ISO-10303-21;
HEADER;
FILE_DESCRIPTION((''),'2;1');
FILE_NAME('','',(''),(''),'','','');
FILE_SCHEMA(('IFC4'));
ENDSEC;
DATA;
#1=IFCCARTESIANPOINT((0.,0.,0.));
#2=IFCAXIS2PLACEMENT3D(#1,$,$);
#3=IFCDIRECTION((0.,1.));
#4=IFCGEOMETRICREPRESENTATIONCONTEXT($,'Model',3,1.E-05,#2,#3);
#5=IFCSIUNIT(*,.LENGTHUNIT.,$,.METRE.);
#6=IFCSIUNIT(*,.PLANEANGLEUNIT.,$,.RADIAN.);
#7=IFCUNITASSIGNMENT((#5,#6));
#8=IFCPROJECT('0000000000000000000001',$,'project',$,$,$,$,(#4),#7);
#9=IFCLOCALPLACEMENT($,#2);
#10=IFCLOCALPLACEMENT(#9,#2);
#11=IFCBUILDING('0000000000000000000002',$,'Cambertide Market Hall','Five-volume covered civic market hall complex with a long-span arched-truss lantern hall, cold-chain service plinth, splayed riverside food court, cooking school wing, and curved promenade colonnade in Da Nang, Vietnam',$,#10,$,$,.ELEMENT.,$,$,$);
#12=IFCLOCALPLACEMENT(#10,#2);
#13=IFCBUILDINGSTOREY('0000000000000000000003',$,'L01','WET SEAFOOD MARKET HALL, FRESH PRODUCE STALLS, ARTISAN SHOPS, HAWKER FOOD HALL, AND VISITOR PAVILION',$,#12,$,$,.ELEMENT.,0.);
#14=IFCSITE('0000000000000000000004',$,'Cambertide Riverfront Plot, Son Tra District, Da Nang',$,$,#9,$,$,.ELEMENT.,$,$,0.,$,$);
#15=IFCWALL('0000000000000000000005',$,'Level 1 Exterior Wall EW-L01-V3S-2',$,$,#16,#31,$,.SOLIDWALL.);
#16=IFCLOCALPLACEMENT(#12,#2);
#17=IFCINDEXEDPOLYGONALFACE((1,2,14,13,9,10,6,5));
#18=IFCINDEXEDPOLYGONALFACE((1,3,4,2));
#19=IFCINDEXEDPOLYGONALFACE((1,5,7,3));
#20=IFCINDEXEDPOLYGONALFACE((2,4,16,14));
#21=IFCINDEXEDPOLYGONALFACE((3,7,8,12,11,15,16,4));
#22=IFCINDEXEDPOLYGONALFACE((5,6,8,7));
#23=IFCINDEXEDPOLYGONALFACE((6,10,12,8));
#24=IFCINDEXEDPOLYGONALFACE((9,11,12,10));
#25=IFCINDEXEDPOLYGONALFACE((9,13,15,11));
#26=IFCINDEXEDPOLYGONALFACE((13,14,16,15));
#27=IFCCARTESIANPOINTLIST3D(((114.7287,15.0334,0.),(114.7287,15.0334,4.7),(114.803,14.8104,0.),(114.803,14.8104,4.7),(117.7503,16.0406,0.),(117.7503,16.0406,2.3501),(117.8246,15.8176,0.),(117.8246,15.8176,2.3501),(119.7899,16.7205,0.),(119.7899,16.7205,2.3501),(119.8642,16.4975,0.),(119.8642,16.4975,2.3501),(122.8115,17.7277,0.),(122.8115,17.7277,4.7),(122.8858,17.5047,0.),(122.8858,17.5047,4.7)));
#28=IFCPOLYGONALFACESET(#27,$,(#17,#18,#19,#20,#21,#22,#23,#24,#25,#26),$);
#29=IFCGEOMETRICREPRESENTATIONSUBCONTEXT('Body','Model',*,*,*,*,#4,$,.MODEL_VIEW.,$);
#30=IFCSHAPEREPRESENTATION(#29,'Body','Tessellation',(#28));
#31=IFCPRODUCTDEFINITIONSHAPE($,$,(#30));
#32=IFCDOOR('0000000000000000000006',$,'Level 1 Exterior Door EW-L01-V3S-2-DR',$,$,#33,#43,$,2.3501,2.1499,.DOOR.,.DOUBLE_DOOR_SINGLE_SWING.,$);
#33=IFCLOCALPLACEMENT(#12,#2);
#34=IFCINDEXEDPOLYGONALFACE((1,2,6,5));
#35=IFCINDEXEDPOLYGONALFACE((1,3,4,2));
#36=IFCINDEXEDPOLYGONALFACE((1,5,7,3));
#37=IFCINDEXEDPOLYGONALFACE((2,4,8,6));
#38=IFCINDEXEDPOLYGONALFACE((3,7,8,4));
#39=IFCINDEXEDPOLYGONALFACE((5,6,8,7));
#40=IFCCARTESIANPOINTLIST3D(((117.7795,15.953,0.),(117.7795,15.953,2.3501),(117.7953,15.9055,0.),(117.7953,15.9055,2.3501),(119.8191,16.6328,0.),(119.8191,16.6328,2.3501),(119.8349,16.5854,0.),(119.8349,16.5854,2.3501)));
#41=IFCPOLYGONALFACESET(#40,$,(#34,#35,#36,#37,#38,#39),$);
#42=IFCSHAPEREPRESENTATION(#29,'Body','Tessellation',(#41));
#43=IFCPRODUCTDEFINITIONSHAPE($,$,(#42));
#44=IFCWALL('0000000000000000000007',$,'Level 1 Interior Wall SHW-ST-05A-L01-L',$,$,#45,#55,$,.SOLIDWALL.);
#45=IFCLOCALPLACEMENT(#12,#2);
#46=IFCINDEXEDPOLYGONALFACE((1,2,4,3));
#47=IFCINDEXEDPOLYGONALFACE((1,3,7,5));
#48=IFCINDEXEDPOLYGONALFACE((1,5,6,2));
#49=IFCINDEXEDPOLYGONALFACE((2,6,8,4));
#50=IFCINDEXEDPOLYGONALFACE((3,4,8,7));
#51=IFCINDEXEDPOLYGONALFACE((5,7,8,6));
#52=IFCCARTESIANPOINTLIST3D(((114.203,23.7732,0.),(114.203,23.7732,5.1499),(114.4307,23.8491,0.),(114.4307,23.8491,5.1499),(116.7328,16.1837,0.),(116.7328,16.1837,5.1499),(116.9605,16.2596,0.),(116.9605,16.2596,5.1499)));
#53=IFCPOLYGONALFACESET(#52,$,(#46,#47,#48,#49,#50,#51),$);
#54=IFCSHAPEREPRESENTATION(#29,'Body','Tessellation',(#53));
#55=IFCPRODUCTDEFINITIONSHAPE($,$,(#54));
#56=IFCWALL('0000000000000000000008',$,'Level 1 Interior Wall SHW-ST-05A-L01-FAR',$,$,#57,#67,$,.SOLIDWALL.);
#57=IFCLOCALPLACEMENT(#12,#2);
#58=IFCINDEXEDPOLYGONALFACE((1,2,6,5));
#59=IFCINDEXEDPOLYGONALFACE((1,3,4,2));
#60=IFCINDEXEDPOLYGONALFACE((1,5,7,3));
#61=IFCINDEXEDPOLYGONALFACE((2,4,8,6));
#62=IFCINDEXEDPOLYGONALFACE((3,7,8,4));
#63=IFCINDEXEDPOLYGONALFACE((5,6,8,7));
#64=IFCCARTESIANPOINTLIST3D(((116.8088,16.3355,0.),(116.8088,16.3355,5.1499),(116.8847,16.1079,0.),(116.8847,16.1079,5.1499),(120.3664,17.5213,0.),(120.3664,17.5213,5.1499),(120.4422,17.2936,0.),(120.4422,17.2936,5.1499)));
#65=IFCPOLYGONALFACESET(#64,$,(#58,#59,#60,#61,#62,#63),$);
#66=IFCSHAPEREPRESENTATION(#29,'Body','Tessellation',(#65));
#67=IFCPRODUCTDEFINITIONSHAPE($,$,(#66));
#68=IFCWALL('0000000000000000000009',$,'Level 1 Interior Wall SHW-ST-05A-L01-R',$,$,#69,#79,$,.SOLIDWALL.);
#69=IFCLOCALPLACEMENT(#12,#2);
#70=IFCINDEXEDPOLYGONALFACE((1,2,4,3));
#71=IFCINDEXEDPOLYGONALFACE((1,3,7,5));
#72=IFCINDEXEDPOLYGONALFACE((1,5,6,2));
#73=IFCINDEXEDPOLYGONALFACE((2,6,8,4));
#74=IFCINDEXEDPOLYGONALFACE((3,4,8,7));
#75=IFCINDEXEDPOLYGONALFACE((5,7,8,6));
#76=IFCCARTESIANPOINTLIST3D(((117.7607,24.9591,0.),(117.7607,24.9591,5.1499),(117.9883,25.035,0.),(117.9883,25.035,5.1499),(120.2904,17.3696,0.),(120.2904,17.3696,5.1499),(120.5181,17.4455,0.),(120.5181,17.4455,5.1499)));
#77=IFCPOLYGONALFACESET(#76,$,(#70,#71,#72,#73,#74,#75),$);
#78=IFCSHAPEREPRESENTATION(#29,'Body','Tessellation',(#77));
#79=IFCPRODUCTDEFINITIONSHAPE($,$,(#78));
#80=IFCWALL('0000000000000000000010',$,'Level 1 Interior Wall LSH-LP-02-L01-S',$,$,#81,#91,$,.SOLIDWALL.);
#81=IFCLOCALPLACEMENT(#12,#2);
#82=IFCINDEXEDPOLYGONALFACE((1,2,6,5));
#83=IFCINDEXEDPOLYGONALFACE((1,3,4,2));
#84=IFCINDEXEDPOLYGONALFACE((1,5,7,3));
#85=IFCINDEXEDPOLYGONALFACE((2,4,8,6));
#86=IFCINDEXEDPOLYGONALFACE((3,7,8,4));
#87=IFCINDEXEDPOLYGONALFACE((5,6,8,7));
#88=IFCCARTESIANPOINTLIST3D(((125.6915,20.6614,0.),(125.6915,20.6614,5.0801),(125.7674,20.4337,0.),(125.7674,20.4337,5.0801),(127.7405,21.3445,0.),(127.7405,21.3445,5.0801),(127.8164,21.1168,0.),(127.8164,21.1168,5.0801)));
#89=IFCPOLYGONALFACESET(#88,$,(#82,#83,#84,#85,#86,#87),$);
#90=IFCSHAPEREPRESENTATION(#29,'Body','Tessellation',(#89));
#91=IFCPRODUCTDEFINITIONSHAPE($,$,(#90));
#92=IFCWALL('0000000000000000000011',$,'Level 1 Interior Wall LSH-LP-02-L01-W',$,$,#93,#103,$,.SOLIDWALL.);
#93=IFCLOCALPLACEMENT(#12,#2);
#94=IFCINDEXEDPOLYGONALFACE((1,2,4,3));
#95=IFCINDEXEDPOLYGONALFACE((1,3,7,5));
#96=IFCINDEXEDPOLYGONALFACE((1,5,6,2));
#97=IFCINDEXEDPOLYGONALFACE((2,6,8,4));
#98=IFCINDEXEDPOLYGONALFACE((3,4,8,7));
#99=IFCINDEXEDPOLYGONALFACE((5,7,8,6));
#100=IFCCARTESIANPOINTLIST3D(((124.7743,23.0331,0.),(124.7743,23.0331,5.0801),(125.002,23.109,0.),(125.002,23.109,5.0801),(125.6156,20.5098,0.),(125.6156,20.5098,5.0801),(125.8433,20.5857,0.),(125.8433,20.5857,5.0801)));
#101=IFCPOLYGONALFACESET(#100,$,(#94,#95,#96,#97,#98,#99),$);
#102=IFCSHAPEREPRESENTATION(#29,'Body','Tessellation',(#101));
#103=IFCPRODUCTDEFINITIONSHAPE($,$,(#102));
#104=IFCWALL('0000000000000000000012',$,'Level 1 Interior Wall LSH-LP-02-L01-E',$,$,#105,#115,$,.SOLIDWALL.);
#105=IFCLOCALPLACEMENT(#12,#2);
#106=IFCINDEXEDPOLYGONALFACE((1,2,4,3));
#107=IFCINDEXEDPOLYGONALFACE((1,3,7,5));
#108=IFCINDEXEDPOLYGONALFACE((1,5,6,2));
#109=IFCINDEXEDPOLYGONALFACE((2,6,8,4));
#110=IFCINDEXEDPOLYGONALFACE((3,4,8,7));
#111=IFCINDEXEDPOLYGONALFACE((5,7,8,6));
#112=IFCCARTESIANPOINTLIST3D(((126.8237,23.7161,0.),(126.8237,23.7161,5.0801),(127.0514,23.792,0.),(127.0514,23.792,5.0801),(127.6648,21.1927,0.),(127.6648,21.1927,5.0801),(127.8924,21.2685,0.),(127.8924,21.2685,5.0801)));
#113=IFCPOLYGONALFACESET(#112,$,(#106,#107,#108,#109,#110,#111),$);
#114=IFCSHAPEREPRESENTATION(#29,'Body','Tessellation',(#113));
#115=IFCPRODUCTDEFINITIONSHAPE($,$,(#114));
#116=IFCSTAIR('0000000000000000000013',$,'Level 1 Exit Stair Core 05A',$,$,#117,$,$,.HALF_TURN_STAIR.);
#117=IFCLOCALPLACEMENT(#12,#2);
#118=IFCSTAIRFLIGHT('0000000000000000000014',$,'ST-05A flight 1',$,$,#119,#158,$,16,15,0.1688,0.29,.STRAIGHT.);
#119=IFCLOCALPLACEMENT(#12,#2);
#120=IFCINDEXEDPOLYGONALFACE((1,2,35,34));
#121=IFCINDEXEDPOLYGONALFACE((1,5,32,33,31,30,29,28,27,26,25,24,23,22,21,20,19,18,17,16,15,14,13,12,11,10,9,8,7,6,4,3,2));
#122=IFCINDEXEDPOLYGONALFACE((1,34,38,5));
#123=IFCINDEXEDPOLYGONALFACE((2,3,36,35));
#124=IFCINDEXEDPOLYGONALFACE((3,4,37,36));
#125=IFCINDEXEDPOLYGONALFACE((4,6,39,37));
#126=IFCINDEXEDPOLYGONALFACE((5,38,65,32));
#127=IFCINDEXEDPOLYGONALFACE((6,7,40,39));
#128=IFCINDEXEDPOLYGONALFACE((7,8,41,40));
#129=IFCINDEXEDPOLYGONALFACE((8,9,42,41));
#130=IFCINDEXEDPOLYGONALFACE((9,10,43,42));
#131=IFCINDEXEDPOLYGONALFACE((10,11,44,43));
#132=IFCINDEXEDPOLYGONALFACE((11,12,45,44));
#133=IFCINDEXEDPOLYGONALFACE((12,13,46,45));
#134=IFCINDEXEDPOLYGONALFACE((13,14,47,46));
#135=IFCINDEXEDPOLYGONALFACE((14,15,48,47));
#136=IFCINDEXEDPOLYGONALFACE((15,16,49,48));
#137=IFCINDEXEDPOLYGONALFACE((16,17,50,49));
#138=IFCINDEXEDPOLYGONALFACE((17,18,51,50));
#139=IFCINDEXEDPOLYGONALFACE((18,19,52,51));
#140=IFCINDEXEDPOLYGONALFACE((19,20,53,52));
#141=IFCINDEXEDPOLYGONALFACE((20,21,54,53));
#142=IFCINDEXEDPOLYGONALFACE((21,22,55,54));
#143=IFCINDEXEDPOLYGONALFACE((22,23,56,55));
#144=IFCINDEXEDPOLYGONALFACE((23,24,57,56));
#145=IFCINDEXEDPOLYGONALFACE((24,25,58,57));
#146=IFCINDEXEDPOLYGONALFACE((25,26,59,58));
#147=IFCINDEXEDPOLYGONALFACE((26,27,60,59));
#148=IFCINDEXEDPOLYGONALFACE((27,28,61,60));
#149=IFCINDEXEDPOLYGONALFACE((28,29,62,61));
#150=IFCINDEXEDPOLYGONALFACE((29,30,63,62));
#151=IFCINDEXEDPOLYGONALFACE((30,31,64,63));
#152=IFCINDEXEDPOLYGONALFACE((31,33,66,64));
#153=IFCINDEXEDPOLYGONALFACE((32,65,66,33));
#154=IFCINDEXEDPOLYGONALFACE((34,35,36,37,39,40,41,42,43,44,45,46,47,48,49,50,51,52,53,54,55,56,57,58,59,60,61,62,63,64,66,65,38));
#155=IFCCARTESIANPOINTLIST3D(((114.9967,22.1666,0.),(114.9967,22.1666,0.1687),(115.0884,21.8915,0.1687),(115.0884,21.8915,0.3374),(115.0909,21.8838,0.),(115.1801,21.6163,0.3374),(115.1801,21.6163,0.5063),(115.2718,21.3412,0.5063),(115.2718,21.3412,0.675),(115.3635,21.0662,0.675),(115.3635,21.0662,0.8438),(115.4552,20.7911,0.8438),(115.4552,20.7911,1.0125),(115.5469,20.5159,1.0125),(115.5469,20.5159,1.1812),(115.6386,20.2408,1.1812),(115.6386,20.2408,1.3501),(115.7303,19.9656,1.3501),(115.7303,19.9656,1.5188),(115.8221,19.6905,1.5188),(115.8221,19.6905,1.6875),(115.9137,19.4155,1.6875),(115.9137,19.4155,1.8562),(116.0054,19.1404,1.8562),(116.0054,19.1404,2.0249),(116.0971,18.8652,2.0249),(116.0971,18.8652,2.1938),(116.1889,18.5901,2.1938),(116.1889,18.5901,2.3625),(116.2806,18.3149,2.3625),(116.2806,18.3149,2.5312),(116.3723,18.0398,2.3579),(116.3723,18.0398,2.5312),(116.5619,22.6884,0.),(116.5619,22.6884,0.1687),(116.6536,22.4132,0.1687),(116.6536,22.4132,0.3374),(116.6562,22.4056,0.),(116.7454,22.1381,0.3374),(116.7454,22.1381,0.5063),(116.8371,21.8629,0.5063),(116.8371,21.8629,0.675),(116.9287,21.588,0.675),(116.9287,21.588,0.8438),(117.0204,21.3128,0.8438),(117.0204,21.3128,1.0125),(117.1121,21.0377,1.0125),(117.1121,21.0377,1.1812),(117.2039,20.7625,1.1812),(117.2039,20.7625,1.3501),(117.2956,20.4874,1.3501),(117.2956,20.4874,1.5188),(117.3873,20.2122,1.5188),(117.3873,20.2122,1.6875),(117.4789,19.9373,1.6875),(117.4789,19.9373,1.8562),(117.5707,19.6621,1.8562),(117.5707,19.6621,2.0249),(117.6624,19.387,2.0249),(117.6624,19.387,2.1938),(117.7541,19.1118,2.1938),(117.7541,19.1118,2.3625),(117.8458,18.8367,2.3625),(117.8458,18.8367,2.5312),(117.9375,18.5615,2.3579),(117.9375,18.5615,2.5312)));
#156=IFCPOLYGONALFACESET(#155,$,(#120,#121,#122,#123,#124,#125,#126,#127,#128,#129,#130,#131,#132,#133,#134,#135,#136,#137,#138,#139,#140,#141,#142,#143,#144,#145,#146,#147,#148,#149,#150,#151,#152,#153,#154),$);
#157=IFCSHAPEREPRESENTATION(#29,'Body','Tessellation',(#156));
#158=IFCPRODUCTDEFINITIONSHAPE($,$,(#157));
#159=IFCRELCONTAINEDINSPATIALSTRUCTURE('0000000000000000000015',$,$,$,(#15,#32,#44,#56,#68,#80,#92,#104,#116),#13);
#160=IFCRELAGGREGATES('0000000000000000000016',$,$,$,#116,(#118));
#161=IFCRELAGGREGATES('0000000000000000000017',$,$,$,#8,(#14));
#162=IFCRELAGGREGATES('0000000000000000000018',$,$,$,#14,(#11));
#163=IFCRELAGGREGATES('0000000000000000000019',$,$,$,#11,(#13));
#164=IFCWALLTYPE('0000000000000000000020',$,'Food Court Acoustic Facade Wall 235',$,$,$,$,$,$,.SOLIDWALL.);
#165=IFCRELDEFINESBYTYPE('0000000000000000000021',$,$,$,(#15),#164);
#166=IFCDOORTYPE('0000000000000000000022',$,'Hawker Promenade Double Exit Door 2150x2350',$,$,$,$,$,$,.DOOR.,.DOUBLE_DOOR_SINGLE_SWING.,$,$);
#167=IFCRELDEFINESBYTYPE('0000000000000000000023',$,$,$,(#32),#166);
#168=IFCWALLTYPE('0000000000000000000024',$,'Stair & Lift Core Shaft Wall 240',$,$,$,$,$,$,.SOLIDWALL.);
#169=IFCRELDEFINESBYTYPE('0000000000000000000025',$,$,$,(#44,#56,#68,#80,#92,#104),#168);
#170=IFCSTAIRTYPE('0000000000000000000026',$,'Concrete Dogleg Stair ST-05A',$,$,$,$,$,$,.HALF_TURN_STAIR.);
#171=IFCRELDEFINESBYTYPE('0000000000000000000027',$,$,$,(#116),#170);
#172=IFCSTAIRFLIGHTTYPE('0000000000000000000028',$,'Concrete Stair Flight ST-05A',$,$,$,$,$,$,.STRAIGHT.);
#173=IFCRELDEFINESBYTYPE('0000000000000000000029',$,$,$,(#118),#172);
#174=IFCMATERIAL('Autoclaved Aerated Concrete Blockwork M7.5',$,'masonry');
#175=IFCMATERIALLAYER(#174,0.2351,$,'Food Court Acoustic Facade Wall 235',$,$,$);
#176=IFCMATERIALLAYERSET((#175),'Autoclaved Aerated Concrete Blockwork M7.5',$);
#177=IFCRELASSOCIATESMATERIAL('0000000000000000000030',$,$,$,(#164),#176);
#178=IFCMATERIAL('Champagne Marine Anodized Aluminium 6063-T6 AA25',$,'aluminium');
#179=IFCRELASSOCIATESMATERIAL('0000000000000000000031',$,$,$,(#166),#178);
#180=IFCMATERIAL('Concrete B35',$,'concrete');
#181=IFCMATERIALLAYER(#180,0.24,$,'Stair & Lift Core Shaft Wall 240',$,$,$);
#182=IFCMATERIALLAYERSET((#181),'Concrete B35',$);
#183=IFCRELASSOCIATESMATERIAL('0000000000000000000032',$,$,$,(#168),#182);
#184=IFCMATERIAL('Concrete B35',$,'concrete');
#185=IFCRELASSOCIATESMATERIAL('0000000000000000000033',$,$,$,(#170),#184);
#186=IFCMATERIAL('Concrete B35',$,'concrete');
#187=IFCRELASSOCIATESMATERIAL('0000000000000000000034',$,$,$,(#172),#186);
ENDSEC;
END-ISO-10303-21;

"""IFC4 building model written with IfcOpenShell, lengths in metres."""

from ifc_helpers import new_model, si_unit, direction, frame, frame_2d, origin, place, context, subcontext, project, spatial, polyline, rectangle, outline, extrude, material, layer, layer_set, type_object, element, fill, aggregate, save


model = new_model("IFC4")

# Units and contexts
model_context = context("Model", 3, precision=1e-05, world=origin(), true_north=direction((0.0, 1.0)))
body_context = subcontext(model_context, "Body", "Model", "MODEL_VIEW")
ifc_project = project(units=[si_unit("LENGTHUNIT", "METRE"), si_unit("PLANEANGLEUNIT", "RADIAN")], contexts=[model_context])

# Site, building, storey
site_placement = place(None, origin())
site = spatial("IfcSite", under=ifc_project, at=site_placement, Name="Cambertide Riverfront Plot, Son Tra District, Da Nang", CompositionType="ELEMENT", RefElevation=0.0)
building_placement = place(site_placement, origin())
building = spatial("IfcBuilding", under=site, at=building_placement, Name="Cambertide Market Hall", Description="Five-volume covered civic market hall complex with a long-span arched-truss lantern hall, cold-chain service plinth, splayed riverside food court, cooking school wing, and curved promenade colonnade in Da Nang, Vietnam", CompositionType="ELEMENT")
storey_placement = place(building_placement, origin())
storey = spatial("IfcBuildingStorey", under=building, at=storey_placement, Name="L01", Description="WET SEAFOOD MARKET HALL, FRESH PRODUCE STALLS, ARTISAN SHOPS, HAWKER FOOD HALL, AND VISITOR PAVILION", CompositionType="ELEMENT", Elevation=0.0)

# Wall, opening, door
ifc_material_1 = material(Name="Autoclaved Aerated Concrete Blockwork M7.5", Category="masonry")
ifc_layer_1 = layer(ifc_material_1, 0.2351, Name="Food Court Acoustic Facade Wall 235")
ifc_layer_set_1 = layer_set([ifc_layer_1], Name="Autoclaved Aerated Concrete Blockwork M7.5")
wall_type_1 = type_object("IfcWallType", Name="Food Court Acoustic Facade Wall 235", PredefinedType="SOLIDWALL", material=ifc_layer_set_1)
wall_1_placement = place(storey_placement, frame((122.8486, 17.6162, 0.0), z_axis=(0.0, 0.0, 1.0), x_axis=(-0.94868, -0.316236, 0.0)))
wall_1 = element("IfcWall", 1, at=wall_1_placement, inside=storey, type_object=wall_type_1, Name="Level 1 Exterior Wall EW-L01-V3S-2", PredefinedType="SOLIDWALL", context=body_context, shape_type="SweptSolid", body=[
    extrude(rectangle(XDim=8.52, YDim=0.2351, at=frame_2d((4.26, 0.0))), origin(), (0.0, 0.0, 1.0), 4.7),
])
opening_1_placement = place(wall_1_placement, frame((3.1851, 0.0, 0.0)))
opening_1 = element("IfcOpeningElement", 2, at=opening_1_placement, cuts=wall_1, PredefinedType="OPENING", context=body_context, shape_type="SweptSolid", body=[
    extrude(rectangle(XDim=2.1499, YDim=2.3501, at=frame_2d((1.075, 1.175))), frame((0.0, 0.1274, 0.0), z_axis=(0.0, -1.0, 0.0), x_axis=(1.0, 0.0, 0.0)), (0.0, 0.0, 1.0), 0.2551),
])
ifc_material_2 = material(Name="Champagne Marine Anodized Aluminium 6063-T6 AA25", Category="aluminium")
door_type_1 = type_object("IfcDoorType", Name="Hawker Promenade Double Exit Door 2150x2350", OperationType="DOUBLE_DOOR_SINGLE_SWING", PredefinedType="DOOR", material=ifc_material_2)
door_1_placement = place(opening_1_placement, origin())
door_1 = element("IfcDoor", 3, at=door_1_placement, inside=storey, type_object=door_type_1, Name="Level 1 Exterior Door EW-L01-V3S-2-DR", OperationType="DOUBLE_DOOR_SINGLE_SWING", OverallHeight=2.3501, OverallWidth=2.1499, PredefinedType="DOOR", context=body_context, shape_type="SweptSolid", body=[
    extrude(rectangle(XDim=2.1499, YDim=2.3501, at=frame_2d((1.075, 1.175))), frame((0.0, 0.0249, 0.0), z_axis=(0.0, -1.0, 0.0), x_axis=(1.0, 0.0, 0.0)), (0.0, 0.0, 1.0), 0.05),
])
fill(opening_1, door_1)

# Walls
ifc_material_3 = material(Name="Concrete B35", Category="concrete")
ifc_layer_2 = layer(ifc_material_3, 0.24, Name="Stair & Lift Core Shaft Wall 240")
ifc_layer_set_2 = layer_set([ifc_layer_2], Name="Concrete B35")
wall_type_2 = type_object("IfcWallType", Name="Stair & Lift Core Shaft Wall 240", PredefinedType="SOLIDWALL", material=ifc_layer_set_2)
wall_2_placement = place(storey_placement, frame((116.8467, 16.2217, 0.0), z_axis=(0.0, 0.0, 1.0), x_axis=(-0.316228, 0.948683, 0.0)))
element("IfcWall", 4, at=wall_2_placement, inside=storey, type_object=wall_type_2, Name="Level 1 Interior Wall SHW-ST-05A-L01-L", PredefinedType="SOLIDWALL", context=body_context, shape_type="SweptSolid", body=[
    extrude(rectangle(XDim=8.0, YDim=0.24, at=frame_2d((4.0, 0.0))), origin(), (0.0, 0.0, 1.0), 5.1499),
])
wall_3_placement = place(storey_placement, frame((120.4043, 17.4075, 0.0), z_axis=(0.0, 0.0, 1.0), x_axis=(-0.94869, -0.316208, 0.0)))
element("IfcWall", 5, at=wall_3_placement, inside=storey, type_object=wall_type_2, Name="Level 1 Interior Wall SHW-ST-05A-L01-FAR", PredefinedType="SOLIDWALL", context=body_context, shape_type="SweptSolid", body=[
    extrude(rectangle(XDim=3.75, YDim=0.24, at=frame_2d((1.875, 0.0))), origin(), (0.0, 0.0, 1.0), 5.1499),
])
wall_4_placement = place(storey_placement, frame((117.8745, 24.9971, 0.0), z_axis=(0.0, 0.0, 1.0), x_axis=(0.316219, -0.948686, 0.0)))
element("IfcWall", 6, at=wall_4_placement, inside=storey, type_object=wall_type_2, Name="Level 1 Interior Wall SHW-ST-05A-L01-R", PredefinedType="SOLIDWALL", context=body_context, shape_type="SweptSolid", body=[
    extrude(rectangle(XDim=8.0, YDim=0.24, at=frame_2d((4.0, 0.0))), origin(), (0.0, 0.0, 1.0), 5.1499),
])
wall_5_placement = place(storey_placement, frame((127.7786, 21.2307, 0.0), z_axis=(0.0, 0.0, 1.0), x_axis=(-0.948672, -0.316262, 0.0)))
element("IfcWall", 7, at=wall_5_placement, inside=storey, type_object=wall_type_2, Name="Level 1 Interior Wall LSH-LP-02-L01-S", PredefinedType="SOLIDWALL", context=body_context, shape_type="SweptSolid", body=[
    extrude(rectangle(XDim=2.1599, YDim=0.24, at=frame_2d((1.0801, 0.0))), origin(), (0.0, 0.0, 1.0), 5.0801),
])

# Walls
for number, where, z_axis, x_axis, name in (
    (8, (125.7295, 20.5476, 0.0), (0.0, 0.0, 1.0), (-0.316283, 0.948665, 0.0), "Level 1 Interior Wall LSH-LP-02-L01-W"),
    (9, (126.9375, 23.7542, 0.0), (0.0, 0.0, 1.0), (0.3162, -0.948692, 0.0), "Level 1 Interior Wall LSH-LP-02-L01-E"),
):
    element("IfcWall", number, at=place(storey_placement, frame(where, z_axis=z_axis, x_axis=x_axis)), inside=storey, type_object=wall_type_2, Name=name, PredefinedType="SOLIDWALL", context=body_context, shape_type="SweptSolid", body=[
        extrude(rectangle(XDim=2.6599, YDim=0.24, at=frame_2d((1.3301, 0.0))), origin(), (0.0, 0.0, 1.0), 5.0801),
    ])

# Stair, stair flight
ifc_material_4 = material(Name="Concrete B35", Category="concrete")
stair_type = type_object("IfcStairType", Name="Concrete Dogleg Stair ST-05A", PredefinedType="HALF_TURN_STAIR", material=ifc_material_4)
stair_placement = place(storey_placement, origin())
stair = element("IfcStair", 10, at=stair_placement, inside=storey, type_object=stair_type, Name="Level 1 Exit Stair Core 05A", PredefinedType="HALF_TURN_STAIR")
ifc_material_5 = material(Name="Concrete B35", Category="concrete")
stair_flight_type = type_object("IfcStairFlightType", Name="Concrete Stair Flight ST-05A", PredefinedType="STRAIGHT", material=ifc_material_5)
stair_flight_1_placement = place(storey_placement, frame((115.7793, 22.4275, 0.0), z_axis=(0.0, 0.0, 1.0), x_axis=(0.316228, -0.948683, 0.0)))
stair_flight_1 = element("IfcStairFlight", 11, at=stair_flight_1_placement, type_object=stair_flight_type, Name="ST-05A flight 1", NumberOfRisers=16, NumberOfTreads=15, PredefinedType="STRAIGHT", RiserHeight=0.1688, TreadLength=0.29, context=body_context, shape_type="SweptSolid", body=[
    extrude(outline(polyline([(0.0, 0.0), (0.0, 0.1687), (0.29, 0.1687), (0.29, 0.3374), (0.5801, 0.3374), (0.5801, 0.5063), (0.8701, 0.5063), (0.8701, 0.675), (1.1599, 0.675), (1.1599, 0.8438), (1.45, 0.8438), (1.45, 1.0125), (1.74, 1.0125), (1.74, 1.1812), (2.03, 1.1812), (2.03, 1.3501), (2.3201, 1.3501), (2.3201, 1.5188), (2.6101, 1.5188), (2.6101, 1.6875), (2.8999, 1.6875), (2.8999, 1.8562), (3.1899, 1.8562), (3.1899, 2.0249), (3.48, 2.0249), (3.48, 2.1938), (3.77, 2.1938), (3.77, 2.3625), (4.0601, 2.3625), (4.0601, 2.5312), (4.3501, 2.5312), (4.3501, 2.7), (4.3501, 2.3579), (0.2981, 0.0), (0.0, 0.0)])), frame((0.0, 0.825, 0.0), z_axis=(0.0, -1.0, 0.0), x_axis=(1.0, 0.0, 0.0)), (0.0, 0.0, 1.0), 1.6499),
])
aggregate(stair, [stair_flight_1])

save(model, "model.ifc")
